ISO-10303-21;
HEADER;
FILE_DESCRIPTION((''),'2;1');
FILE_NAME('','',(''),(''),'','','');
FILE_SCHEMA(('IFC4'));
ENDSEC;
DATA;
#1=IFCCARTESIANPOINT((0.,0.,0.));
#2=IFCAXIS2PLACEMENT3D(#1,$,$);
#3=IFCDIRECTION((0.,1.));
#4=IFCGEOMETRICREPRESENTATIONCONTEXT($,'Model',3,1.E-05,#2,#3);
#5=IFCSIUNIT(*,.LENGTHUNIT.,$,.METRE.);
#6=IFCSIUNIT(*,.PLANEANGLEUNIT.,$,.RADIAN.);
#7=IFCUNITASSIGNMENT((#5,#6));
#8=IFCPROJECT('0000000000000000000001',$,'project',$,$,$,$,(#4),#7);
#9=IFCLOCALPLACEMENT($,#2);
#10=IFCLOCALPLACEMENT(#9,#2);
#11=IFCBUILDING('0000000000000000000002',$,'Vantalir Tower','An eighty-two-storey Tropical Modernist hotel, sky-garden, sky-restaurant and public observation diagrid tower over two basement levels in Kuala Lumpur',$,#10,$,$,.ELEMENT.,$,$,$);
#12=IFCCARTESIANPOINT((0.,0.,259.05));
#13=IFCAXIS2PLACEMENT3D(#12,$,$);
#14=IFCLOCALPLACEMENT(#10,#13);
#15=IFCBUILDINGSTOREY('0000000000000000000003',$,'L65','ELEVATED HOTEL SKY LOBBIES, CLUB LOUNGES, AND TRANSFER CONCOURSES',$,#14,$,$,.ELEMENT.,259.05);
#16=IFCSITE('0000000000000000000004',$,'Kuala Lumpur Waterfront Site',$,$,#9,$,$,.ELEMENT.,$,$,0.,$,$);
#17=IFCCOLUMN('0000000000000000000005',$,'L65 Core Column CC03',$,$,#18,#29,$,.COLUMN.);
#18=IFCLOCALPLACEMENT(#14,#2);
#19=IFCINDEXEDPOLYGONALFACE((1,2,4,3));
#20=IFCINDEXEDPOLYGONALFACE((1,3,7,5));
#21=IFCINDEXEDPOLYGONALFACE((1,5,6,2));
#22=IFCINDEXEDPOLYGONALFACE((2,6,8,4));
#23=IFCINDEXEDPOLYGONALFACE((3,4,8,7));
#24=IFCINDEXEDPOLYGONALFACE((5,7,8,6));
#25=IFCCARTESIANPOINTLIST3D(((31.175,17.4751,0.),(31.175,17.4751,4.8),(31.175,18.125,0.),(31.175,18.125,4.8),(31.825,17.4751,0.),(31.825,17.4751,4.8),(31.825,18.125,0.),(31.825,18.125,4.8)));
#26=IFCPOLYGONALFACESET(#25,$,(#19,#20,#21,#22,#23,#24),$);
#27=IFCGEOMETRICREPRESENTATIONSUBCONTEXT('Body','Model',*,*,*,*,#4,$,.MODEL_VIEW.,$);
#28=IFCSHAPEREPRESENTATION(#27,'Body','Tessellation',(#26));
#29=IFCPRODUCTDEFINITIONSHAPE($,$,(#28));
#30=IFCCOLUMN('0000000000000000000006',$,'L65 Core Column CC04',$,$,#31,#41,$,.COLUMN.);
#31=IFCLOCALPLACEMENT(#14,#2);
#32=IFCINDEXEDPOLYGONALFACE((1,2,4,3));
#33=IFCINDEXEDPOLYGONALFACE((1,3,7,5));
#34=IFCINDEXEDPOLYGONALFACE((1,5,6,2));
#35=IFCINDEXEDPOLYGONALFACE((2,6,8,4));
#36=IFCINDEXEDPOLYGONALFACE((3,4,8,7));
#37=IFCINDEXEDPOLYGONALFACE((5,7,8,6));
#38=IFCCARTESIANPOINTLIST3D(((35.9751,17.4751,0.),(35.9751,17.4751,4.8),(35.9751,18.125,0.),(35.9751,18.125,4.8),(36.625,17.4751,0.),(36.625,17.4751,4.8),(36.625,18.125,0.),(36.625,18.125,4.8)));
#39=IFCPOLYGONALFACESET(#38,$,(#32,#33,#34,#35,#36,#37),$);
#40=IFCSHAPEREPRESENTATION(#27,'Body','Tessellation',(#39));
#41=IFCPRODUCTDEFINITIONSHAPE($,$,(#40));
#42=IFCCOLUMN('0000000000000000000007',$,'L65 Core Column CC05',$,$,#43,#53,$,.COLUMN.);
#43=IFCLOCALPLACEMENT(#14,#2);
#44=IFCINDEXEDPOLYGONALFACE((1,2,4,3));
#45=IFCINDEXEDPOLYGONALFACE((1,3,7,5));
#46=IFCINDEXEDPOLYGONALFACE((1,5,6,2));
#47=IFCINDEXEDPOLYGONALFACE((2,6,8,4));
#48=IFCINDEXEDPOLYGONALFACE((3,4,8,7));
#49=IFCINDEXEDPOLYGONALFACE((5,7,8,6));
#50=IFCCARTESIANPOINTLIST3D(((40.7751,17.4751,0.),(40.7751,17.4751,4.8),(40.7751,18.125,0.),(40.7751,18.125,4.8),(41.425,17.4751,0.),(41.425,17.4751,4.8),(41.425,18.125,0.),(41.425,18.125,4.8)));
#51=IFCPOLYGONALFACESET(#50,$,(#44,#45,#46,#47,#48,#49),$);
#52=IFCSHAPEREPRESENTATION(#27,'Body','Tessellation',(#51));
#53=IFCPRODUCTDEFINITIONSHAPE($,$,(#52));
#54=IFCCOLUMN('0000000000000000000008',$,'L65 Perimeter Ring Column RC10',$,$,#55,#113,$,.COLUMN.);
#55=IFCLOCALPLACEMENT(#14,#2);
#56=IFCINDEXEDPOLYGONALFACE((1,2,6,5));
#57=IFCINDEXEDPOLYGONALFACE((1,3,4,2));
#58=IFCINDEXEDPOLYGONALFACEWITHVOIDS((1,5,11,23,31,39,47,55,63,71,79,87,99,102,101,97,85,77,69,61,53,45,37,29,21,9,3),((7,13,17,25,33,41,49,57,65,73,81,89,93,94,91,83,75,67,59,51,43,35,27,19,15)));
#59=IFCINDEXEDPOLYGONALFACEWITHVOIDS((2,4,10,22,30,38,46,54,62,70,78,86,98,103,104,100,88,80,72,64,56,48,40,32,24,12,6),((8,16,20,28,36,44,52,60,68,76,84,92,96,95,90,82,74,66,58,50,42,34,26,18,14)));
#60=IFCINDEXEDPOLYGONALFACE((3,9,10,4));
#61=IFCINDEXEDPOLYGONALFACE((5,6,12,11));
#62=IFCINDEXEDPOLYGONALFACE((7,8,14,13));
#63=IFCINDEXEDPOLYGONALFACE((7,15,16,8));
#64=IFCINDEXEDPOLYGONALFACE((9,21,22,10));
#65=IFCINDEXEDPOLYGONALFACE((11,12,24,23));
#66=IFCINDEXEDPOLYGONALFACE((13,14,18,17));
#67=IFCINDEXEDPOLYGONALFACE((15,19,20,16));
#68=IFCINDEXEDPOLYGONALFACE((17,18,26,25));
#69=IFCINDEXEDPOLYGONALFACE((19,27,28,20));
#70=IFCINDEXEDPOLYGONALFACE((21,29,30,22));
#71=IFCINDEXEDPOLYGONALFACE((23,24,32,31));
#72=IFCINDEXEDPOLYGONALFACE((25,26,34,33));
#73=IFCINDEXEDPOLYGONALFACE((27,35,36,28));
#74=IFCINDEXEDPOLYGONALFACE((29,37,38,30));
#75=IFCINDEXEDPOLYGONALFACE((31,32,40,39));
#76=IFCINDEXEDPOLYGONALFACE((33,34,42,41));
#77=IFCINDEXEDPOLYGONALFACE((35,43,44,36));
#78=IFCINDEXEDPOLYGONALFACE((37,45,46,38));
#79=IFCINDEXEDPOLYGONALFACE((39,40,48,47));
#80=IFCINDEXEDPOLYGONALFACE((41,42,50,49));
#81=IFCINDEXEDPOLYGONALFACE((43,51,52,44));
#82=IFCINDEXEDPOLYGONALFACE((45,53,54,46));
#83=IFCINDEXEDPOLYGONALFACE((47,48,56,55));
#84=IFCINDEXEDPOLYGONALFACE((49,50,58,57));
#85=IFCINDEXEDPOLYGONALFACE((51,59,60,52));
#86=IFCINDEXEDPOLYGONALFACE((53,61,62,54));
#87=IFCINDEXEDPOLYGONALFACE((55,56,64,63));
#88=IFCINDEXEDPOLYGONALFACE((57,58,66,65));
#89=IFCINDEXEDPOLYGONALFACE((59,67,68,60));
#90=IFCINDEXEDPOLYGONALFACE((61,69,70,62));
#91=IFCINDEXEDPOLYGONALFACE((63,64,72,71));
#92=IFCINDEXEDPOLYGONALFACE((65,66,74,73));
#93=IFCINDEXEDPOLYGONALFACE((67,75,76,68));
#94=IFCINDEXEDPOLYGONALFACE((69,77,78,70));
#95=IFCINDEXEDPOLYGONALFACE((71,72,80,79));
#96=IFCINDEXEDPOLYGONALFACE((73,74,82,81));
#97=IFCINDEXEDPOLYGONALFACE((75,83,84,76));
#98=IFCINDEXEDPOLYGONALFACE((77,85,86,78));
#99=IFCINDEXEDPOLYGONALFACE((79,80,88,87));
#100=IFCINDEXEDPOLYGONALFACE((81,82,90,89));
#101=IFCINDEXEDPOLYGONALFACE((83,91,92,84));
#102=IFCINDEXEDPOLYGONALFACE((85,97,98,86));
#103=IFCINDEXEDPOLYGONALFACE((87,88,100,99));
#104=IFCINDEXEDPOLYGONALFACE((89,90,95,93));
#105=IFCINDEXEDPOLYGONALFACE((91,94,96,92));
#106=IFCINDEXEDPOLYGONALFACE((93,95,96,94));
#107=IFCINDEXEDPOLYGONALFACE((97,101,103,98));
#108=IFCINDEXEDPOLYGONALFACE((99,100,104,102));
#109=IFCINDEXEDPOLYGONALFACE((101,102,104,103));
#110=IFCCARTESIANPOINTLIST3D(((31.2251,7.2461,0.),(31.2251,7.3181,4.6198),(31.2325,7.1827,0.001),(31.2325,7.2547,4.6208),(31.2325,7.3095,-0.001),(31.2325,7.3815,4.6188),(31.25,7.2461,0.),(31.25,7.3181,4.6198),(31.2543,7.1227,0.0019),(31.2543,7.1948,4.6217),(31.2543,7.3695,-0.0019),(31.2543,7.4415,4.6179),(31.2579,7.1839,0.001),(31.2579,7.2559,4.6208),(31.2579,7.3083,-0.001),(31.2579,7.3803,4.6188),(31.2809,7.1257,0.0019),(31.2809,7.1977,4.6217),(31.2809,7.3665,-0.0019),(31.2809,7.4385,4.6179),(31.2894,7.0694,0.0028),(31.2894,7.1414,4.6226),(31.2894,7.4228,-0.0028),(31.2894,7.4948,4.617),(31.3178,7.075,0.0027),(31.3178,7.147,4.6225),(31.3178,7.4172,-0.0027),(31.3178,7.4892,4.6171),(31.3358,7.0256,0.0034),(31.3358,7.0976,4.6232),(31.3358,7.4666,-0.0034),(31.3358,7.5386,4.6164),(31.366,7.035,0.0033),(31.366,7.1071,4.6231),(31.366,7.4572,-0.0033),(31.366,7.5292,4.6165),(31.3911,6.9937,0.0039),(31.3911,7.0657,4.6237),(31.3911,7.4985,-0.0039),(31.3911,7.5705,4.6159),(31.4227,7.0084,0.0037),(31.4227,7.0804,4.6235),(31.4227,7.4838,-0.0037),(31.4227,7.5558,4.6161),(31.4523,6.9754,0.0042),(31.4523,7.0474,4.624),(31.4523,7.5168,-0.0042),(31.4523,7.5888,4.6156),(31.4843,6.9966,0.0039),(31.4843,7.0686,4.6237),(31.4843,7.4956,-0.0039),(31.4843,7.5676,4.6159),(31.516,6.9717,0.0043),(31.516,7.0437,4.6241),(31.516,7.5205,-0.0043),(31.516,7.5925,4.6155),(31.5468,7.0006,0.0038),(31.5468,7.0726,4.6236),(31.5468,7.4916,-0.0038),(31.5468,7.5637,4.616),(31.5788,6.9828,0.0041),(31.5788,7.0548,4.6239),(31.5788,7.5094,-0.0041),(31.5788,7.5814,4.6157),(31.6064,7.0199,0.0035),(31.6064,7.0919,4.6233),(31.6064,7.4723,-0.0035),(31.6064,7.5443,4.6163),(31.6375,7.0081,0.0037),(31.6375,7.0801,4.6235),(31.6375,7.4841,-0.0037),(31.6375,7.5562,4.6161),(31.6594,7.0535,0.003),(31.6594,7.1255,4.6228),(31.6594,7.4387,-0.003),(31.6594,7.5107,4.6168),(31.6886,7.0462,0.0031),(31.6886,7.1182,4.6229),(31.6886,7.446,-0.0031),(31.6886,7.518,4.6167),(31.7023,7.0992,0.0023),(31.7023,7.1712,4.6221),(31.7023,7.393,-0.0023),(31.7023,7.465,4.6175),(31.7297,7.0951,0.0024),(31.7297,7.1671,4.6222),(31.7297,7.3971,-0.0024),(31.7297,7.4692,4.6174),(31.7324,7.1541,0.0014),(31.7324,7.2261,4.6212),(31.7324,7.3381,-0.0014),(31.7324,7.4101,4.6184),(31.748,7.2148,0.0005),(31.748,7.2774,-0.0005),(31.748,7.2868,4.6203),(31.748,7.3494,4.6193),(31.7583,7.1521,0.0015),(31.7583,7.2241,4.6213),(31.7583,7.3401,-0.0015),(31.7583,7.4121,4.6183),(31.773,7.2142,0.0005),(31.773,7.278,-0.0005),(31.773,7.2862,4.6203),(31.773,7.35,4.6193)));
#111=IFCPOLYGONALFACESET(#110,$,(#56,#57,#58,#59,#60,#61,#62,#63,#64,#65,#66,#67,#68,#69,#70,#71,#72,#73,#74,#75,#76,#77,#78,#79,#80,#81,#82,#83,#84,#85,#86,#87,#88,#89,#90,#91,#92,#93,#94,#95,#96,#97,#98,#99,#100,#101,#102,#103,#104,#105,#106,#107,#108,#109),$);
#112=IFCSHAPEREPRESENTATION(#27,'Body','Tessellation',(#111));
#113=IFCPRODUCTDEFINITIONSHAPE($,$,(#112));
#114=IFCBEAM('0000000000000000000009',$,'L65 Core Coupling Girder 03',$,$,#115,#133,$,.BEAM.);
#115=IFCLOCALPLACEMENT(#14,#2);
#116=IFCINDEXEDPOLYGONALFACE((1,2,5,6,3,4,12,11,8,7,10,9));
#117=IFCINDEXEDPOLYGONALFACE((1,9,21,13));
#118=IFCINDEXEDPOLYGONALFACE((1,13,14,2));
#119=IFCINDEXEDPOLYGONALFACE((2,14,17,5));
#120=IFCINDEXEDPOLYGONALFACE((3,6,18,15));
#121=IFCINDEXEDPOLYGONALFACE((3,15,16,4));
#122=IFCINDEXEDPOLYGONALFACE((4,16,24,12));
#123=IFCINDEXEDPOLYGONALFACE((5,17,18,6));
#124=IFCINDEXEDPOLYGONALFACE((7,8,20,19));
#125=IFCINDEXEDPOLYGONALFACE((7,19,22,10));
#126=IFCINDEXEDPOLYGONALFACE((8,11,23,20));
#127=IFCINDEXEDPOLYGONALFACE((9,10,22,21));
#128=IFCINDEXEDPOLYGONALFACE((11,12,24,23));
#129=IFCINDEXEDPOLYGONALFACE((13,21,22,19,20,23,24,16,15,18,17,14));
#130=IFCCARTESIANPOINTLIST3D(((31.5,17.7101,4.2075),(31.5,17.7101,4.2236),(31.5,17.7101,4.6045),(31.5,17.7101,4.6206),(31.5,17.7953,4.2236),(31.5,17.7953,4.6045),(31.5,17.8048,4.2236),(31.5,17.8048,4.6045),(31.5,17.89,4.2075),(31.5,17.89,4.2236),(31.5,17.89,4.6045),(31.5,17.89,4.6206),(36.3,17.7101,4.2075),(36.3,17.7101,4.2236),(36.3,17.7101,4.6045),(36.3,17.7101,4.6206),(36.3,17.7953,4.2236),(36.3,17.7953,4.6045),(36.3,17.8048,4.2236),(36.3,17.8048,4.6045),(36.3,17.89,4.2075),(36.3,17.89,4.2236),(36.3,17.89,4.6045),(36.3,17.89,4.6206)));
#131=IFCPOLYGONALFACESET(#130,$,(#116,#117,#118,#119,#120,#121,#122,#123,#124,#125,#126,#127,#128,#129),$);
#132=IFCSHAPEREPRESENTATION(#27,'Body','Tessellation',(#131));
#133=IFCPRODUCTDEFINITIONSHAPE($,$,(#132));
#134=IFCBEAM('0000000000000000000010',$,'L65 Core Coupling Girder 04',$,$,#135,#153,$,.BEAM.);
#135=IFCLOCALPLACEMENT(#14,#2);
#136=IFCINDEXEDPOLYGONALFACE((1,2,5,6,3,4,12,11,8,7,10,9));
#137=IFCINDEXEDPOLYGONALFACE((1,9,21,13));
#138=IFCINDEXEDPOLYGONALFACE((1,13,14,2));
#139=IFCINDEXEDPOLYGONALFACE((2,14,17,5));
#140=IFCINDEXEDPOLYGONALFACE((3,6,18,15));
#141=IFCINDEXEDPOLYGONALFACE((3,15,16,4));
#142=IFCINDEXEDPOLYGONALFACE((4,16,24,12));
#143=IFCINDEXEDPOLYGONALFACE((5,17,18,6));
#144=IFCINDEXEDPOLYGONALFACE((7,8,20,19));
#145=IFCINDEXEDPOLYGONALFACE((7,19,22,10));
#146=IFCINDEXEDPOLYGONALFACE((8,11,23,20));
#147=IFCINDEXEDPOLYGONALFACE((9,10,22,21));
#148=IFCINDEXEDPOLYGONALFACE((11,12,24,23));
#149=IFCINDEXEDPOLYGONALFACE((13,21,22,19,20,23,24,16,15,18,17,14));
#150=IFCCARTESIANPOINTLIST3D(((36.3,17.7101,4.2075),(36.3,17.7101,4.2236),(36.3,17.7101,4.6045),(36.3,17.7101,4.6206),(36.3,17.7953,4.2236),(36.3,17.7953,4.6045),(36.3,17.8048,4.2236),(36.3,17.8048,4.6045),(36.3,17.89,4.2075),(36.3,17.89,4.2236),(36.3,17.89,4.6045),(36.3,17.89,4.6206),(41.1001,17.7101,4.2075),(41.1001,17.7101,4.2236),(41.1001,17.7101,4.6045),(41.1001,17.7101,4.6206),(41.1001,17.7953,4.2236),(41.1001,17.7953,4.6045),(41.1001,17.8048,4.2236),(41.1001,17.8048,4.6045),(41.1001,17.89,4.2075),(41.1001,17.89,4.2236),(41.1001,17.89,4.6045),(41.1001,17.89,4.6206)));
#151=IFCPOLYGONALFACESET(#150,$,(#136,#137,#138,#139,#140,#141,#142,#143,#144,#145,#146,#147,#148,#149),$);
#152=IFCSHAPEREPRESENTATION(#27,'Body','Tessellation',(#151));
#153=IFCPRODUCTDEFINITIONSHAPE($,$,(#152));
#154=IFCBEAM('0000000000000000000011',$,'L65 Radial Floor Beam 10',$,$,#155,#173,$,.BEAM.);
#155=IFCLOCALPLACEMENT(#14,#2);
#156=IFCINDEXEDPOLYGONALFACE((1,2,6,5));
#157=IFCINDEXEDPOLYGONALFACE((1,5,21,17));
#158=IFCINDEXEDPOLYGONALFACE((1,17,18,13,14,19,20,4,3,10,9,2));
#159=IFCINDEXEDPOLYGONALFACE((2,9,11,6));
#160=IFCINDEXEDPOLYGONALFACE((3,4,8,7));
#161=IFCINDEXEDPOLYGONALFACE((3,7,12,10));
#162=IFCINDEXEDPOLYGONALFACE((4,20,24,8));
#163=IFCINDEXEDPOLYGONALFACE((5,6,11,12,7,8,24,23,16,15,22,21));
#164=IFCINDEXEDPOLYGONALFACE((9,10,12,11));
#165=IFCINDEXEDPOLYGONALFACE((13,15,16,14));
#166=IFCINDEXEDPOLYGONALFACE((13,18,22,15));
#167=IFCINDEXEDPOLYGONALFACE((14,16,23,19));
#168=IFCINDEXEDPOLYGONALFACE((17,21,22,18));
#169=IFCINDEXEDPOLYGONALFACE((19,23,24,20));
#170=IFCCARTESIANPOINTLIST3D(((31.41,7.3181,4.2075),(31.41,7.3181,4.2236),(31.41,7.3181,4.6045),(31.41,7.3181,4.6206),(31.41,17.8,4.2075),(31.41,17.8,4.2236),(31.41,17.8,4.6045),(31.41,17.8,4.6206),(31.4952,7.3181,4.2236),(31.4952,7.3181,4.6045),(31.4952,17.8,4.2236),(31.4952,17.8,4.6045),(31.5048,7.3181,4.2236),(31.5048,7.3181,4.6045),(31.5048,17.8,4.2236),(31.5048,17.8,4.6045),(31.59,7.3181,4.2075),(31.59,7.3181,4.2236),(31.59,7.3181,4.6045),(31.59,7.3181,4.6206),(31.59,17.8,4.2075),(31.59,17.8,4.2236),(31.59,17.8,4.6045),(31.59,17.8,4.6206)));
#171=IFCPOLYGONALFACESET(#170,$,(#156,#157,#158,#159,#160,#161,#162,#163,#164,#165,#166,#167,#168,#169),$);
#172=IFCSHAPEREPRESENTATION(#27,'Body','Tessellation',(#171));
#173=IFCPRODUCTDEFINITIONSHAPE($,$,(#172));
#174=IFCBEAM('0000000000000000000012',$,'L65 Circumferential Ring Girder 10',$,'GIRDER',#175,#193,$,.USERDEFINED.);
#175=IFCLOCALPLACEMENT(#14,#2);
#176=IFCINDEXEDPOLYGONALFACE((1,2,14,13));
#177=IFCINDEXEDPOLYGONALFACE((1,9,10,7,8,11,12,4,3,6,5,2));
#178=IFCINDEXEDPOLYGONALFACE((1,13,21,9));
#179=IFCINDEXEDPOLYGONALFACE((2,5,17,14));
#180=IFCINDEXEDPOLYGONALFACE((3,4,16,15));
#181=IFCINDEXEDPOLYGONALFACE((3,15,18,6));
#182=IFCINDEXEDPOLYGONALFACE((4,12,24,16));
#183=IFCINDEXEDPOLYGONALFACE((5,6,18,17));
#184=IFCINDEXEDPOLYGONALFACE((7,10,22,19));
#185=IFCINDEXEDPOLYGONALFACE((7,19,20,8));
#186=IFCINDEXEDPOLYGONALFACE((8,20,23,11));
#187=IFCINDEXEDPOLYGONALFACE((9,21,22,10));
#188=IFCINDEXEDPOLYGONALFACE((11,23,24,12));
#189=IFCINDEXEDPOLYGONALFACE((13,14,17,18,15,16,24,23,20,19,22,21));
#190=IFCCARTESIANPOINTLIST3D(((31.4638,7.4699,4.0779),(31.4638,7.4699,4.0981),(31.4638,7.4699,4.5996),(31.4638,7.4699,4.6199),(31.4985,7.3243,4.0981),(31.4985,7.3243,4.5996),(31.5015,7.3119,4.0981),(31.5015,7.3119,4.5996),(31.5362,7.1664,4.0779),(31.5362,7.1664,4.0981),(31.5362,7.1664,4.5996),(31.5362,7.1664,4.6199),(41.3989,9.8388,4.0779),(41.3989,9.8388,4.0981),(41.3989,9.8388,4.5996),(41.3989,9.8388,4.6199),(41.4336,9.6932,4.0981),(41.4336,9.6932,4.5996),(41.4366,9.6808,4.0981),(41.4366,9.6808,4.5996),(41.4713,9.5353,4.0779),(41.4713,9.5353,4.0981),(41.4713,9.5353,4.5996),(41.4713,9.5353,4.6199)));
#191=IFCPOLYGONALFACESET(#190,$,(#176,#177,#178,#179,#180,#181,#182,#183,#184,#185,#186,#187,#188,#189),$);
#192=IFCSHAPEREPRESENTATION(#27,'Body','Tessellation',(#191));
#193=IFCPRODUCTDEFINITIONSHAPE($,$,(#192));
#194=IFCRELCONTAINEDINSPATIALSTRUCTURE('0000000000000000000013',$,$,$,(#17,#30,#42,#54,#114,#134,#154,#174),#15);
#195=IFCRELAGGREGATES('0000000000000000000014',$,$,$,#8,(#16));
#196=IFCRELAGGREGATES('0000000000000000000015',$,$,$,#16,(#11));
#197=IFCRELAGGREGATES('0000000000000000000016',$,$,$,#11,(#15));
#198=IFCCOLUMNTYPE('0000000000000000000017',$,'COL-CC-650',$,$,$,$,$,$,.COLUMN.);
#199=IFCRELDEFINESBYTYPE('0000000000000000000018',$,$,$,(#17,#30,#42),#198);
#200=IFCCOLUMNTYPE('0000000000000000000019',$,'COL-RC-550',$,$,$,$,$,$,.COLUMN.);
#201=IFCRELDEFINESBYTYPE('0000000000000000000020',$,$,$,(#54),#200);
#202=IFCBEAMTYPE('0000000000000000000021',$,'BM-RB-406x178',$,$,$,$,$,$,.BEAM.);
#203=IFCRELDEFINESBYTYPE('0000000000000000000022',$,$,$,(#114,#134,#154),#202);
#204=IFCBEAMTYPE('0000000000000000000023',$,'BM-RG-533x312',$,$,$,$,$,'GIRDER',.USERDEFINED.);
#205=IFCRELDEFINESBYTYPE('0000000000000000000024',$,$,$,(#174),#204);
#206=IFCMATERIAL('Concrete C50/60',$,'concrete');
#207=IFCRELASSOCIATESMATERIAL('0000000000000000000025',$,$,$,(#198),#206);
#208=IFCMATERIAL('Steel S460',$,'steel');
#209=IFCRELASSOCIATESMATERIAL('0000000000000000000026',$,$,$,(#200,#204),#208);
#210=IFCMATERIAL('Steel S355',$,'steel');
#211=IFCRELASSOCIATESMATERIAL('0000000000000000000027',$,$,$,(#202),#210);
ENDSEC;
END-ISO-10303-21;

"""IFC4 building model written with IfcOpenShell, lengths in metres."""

from ifc_helpers import new_model, si_unit, direction, frame, origin, origin_2d, place, context, subcontext, project, spatial, rectangle, hollow_circle, i_section, extrude, material, material_profile, profile_set, type_object, element, save


model = new_model("IFC4")

# Units and contexts
model_context = context("Model", 3, precision=1e-05, world=origin(), true_north=direction((0.0, 1.0)))
body_context = subcontext(model_context, "Body", "Model", "MODEL_VIEW")
ifc_project = project(units=[si_unit("LENGTHUNIT", "METRE"), si_unit("PLANEANGLEUNIT", "RADIAN")], contexts=[model_context])

# Site, building, storey
site_placement = place(None, origin())
site = spatial("IfcSite", under=ifc_project, at=site_placement, Name="Kuala Lumpur Waterfront Site", CompositionType="ELEMENT", RefElevation=0.0)
building_placement = place(site_placement, origin())
building = spatial("IfcBuilding", under=site, at=building_placement, Name="Vantalir Tower", Description="An eighty-two-storey Tropical Modernist hotel, sky-garden, sky-restaurant and public observation diagrid tower over two basement levels in Kuala Lumpur", CompositionType="ELEMENT")
storey_placement = place(building_placement, frame((0.0, 0.0, 259.05)))
storey = spatial("IfcBuildingStorey", under=building, at=storey_placement, Name="L65", Description="ELEVATED HOTEL SKY LOBBIES, CLUB LOUNGES, AND TRANSFER CONCOURSES", CompositionType="ELEMENT", Elevation=259.05)

# Columns
ifc_material_1 = material(Name="Concrete C50/60", Category="concrete")
ifc_material_profile_1 = material_profile(ifc_material_1, rectangle(XDim=0.6499, YDim=0.6499, at=origin_2d()), Name="Concrete C50/60")
ifc_profile_set_1 = profile_set([ifc_material_profile_1], Name="Concrete C50/60")
column_type_1 = type_object("IfcColumnType", Name="COL-CC-650", PredefinedType="COLUMN", material=ifc_profile_set_1)
for number, where, z_axis, x_axis, name in (
    (1, (31.5, 17.8, 0.0), (0.0, 0.0, 1.0), (1.0, 0.0, 0.0), "L65 Core Column CC03"),
    (2, (36.3, 17.8, 0.0), (0.0, 0.0, 1.0), (1.0, 0.0, 0.0), "L65 Core Column CC04"),
    (3, (41.1001, 17.8, 0.0), (0.0, 0.0, 1.0), (1.0, 0.0, 0.0), "L65 Core Column CC05"),
):
    element("IfcColumn", number, at=place(storey_placement, frame(where, z_axis=z_axis, x_axis=x_axis)), inside=storey, type_object=column_type_1, Name=name, PredefinedType="COLUMN", context=body_context, shape_type="SweptSolid", body=[
        extrude(rectangle(XDim=0.6499, YDim=0.6499, at=origin_2d()), origin(), (0.0, 0.0, 1.0), 4.8),
    ])
ifc_material_2 = material(Name="Steel S460", Category="steel")
ifc_material_profile_2 = material_profile(ifc_material_2, hollow_circle(Radius=0.2749, WallThickness=0.0249, at=origin_2d()), Name="Steel S460")
ifc_profile_set_2 = profile_set([ifc_material_profile_2], Name="Steel S460")
column_type_2 = type_object("IfcColumnType", Name="COL-RC-550", PredefinedType="COLUMN", material=ifc_profile_set_2)
column_placement = place(storey_placement, frame((31.5, 7.2461, 0.0), z_axis=(0.0, 0.015588, 0.999879), x_axis=(-1.0, 0.0, 0.0)))
element("IfcColumn", 4, at=column_placement, inside=storey, type_object=column_type_2, Name="L65 Perimeter Ring Column RC10", PredefinedType="COLUMN", context=body_context, shape_type="SweptSolid", body=[
    extrude(hollow_circle(Radius=0.2749, WallThickness=0.0249, at=origin_2d()), origin(), (0.0, 0.0, 1.0), 4.6204),
])

# Beams
ifc_material_3 = material(Name="Steel S355", Category="steel")
ifc_material_profile_3 = material_profile(ifc_material_3, i_section(OverallWidth=0.1799, OverallDepth=0.4131, WebThickness=0.0095, FlangeThickness=0.0161, at=origin_2d()), Name="Steel S355")
ifc_profile_set_3 = profile_set([ifc_material_profile_3], Name="Steel S355")
beam_type_1 = type_object("IfcBeamType", Name="BM-RB-406x178", PredefinedType="BEAM", material=ifc_profile_set_3)
for number, where, z_axis, x_axis, name in (
    (5, (31.5, 17.8, 4.4141), (1.0, 0.0, 0.0), (0.0, 1.0, 0.0), "L65 Core Coupling Girder 03"),
    (6, (36.3, 17.8, 4.4141), (1.0, 0.0, 0.0), (0.0, 1.0, 0.0), "L65 Core Coupling Girder 04"),
):
    element("IfcBeam", number, at=place(storey_placement, frame(where, z_axis=z_axis, x_axis=x_axis)), inside=storey, type_object=beam_type_1, Name=name, PredefinedType="BEAM", context=body_context, shape_type="SweptSolid", body=[
        extrude(i_section(OverallWidth=0.1799, OverallDepth=0.4131, WebThickness=0.0095, FlangeThickness=0.0161, at=origin_2d()), origin(), (0.0, 0.0, 1.0), 4.8),
    ])
beam_1_placement = place(storey_placement, frame((31.5, 7.3181, 4.4141), z_axis=(0.0, 1.0, 0.0), x_axis=(-1.0, 0.0, 0.0)))
element("IfcBeam", 7, at=beam_1_placement, inside=storey, type_object=beam_type_1, Name="L65 Radial Floor Beam 10", PredefinedType="BEAM", context=body_context, shape_type="SweptSolid", body=[
    extrude(i_section(OverallWidth=0.1799, OverallDepth=0.4131, WebThickness=0.0095, FlangeThickness=0.0161, at=origin_2d()), origin(), (0.0, 0.0, 1.0), 10.4819),
])
ifc_material_profile_4 = material_profile(ifc_material_2, i_section(OverallWidth=0.312, OverallDepth=0.542, WebThickness=0.0127, FlangeThickness=0.0203, at=origin_2d()), Name="Steel S460")
ifc_profile_set_4 = profile_set([ifc_material_profile_4], Name="Steel S460")
beam_type_2 = type_object("IfcBeamType", Name="BM-RG-533x312", ElementType="GIRDER", PredefinedType="USERDEFINED", material=ifc_profile_set_4)
beam_2_placement = place(storey_placement, frame((31.5, 7.3181, 4.3489), z_axis=(0.972731, 0.231936, 0.0), x_axis=(-0.231936, 0.972731, 0.0)))
element("IfcBeam", 8, at=beam_2_placement, inside=storey, type_object=beam_type_2, Name="L65 Circumferential Ring Girder 10", ObjectType="GIRDER", PredefinedType="USERDEFINED", context=body_context, shape_type="SweptSolid", body=[
    extrude(i_section(OverallWidth=0.312, OverallDepth=0.542, WebThickness=0.0127, FlangeThickness=0.0203, at=origin_2d()), origin(), (0.0, 0.0, 1.0), 10.2136),
])

save(model, "model.ifc")
